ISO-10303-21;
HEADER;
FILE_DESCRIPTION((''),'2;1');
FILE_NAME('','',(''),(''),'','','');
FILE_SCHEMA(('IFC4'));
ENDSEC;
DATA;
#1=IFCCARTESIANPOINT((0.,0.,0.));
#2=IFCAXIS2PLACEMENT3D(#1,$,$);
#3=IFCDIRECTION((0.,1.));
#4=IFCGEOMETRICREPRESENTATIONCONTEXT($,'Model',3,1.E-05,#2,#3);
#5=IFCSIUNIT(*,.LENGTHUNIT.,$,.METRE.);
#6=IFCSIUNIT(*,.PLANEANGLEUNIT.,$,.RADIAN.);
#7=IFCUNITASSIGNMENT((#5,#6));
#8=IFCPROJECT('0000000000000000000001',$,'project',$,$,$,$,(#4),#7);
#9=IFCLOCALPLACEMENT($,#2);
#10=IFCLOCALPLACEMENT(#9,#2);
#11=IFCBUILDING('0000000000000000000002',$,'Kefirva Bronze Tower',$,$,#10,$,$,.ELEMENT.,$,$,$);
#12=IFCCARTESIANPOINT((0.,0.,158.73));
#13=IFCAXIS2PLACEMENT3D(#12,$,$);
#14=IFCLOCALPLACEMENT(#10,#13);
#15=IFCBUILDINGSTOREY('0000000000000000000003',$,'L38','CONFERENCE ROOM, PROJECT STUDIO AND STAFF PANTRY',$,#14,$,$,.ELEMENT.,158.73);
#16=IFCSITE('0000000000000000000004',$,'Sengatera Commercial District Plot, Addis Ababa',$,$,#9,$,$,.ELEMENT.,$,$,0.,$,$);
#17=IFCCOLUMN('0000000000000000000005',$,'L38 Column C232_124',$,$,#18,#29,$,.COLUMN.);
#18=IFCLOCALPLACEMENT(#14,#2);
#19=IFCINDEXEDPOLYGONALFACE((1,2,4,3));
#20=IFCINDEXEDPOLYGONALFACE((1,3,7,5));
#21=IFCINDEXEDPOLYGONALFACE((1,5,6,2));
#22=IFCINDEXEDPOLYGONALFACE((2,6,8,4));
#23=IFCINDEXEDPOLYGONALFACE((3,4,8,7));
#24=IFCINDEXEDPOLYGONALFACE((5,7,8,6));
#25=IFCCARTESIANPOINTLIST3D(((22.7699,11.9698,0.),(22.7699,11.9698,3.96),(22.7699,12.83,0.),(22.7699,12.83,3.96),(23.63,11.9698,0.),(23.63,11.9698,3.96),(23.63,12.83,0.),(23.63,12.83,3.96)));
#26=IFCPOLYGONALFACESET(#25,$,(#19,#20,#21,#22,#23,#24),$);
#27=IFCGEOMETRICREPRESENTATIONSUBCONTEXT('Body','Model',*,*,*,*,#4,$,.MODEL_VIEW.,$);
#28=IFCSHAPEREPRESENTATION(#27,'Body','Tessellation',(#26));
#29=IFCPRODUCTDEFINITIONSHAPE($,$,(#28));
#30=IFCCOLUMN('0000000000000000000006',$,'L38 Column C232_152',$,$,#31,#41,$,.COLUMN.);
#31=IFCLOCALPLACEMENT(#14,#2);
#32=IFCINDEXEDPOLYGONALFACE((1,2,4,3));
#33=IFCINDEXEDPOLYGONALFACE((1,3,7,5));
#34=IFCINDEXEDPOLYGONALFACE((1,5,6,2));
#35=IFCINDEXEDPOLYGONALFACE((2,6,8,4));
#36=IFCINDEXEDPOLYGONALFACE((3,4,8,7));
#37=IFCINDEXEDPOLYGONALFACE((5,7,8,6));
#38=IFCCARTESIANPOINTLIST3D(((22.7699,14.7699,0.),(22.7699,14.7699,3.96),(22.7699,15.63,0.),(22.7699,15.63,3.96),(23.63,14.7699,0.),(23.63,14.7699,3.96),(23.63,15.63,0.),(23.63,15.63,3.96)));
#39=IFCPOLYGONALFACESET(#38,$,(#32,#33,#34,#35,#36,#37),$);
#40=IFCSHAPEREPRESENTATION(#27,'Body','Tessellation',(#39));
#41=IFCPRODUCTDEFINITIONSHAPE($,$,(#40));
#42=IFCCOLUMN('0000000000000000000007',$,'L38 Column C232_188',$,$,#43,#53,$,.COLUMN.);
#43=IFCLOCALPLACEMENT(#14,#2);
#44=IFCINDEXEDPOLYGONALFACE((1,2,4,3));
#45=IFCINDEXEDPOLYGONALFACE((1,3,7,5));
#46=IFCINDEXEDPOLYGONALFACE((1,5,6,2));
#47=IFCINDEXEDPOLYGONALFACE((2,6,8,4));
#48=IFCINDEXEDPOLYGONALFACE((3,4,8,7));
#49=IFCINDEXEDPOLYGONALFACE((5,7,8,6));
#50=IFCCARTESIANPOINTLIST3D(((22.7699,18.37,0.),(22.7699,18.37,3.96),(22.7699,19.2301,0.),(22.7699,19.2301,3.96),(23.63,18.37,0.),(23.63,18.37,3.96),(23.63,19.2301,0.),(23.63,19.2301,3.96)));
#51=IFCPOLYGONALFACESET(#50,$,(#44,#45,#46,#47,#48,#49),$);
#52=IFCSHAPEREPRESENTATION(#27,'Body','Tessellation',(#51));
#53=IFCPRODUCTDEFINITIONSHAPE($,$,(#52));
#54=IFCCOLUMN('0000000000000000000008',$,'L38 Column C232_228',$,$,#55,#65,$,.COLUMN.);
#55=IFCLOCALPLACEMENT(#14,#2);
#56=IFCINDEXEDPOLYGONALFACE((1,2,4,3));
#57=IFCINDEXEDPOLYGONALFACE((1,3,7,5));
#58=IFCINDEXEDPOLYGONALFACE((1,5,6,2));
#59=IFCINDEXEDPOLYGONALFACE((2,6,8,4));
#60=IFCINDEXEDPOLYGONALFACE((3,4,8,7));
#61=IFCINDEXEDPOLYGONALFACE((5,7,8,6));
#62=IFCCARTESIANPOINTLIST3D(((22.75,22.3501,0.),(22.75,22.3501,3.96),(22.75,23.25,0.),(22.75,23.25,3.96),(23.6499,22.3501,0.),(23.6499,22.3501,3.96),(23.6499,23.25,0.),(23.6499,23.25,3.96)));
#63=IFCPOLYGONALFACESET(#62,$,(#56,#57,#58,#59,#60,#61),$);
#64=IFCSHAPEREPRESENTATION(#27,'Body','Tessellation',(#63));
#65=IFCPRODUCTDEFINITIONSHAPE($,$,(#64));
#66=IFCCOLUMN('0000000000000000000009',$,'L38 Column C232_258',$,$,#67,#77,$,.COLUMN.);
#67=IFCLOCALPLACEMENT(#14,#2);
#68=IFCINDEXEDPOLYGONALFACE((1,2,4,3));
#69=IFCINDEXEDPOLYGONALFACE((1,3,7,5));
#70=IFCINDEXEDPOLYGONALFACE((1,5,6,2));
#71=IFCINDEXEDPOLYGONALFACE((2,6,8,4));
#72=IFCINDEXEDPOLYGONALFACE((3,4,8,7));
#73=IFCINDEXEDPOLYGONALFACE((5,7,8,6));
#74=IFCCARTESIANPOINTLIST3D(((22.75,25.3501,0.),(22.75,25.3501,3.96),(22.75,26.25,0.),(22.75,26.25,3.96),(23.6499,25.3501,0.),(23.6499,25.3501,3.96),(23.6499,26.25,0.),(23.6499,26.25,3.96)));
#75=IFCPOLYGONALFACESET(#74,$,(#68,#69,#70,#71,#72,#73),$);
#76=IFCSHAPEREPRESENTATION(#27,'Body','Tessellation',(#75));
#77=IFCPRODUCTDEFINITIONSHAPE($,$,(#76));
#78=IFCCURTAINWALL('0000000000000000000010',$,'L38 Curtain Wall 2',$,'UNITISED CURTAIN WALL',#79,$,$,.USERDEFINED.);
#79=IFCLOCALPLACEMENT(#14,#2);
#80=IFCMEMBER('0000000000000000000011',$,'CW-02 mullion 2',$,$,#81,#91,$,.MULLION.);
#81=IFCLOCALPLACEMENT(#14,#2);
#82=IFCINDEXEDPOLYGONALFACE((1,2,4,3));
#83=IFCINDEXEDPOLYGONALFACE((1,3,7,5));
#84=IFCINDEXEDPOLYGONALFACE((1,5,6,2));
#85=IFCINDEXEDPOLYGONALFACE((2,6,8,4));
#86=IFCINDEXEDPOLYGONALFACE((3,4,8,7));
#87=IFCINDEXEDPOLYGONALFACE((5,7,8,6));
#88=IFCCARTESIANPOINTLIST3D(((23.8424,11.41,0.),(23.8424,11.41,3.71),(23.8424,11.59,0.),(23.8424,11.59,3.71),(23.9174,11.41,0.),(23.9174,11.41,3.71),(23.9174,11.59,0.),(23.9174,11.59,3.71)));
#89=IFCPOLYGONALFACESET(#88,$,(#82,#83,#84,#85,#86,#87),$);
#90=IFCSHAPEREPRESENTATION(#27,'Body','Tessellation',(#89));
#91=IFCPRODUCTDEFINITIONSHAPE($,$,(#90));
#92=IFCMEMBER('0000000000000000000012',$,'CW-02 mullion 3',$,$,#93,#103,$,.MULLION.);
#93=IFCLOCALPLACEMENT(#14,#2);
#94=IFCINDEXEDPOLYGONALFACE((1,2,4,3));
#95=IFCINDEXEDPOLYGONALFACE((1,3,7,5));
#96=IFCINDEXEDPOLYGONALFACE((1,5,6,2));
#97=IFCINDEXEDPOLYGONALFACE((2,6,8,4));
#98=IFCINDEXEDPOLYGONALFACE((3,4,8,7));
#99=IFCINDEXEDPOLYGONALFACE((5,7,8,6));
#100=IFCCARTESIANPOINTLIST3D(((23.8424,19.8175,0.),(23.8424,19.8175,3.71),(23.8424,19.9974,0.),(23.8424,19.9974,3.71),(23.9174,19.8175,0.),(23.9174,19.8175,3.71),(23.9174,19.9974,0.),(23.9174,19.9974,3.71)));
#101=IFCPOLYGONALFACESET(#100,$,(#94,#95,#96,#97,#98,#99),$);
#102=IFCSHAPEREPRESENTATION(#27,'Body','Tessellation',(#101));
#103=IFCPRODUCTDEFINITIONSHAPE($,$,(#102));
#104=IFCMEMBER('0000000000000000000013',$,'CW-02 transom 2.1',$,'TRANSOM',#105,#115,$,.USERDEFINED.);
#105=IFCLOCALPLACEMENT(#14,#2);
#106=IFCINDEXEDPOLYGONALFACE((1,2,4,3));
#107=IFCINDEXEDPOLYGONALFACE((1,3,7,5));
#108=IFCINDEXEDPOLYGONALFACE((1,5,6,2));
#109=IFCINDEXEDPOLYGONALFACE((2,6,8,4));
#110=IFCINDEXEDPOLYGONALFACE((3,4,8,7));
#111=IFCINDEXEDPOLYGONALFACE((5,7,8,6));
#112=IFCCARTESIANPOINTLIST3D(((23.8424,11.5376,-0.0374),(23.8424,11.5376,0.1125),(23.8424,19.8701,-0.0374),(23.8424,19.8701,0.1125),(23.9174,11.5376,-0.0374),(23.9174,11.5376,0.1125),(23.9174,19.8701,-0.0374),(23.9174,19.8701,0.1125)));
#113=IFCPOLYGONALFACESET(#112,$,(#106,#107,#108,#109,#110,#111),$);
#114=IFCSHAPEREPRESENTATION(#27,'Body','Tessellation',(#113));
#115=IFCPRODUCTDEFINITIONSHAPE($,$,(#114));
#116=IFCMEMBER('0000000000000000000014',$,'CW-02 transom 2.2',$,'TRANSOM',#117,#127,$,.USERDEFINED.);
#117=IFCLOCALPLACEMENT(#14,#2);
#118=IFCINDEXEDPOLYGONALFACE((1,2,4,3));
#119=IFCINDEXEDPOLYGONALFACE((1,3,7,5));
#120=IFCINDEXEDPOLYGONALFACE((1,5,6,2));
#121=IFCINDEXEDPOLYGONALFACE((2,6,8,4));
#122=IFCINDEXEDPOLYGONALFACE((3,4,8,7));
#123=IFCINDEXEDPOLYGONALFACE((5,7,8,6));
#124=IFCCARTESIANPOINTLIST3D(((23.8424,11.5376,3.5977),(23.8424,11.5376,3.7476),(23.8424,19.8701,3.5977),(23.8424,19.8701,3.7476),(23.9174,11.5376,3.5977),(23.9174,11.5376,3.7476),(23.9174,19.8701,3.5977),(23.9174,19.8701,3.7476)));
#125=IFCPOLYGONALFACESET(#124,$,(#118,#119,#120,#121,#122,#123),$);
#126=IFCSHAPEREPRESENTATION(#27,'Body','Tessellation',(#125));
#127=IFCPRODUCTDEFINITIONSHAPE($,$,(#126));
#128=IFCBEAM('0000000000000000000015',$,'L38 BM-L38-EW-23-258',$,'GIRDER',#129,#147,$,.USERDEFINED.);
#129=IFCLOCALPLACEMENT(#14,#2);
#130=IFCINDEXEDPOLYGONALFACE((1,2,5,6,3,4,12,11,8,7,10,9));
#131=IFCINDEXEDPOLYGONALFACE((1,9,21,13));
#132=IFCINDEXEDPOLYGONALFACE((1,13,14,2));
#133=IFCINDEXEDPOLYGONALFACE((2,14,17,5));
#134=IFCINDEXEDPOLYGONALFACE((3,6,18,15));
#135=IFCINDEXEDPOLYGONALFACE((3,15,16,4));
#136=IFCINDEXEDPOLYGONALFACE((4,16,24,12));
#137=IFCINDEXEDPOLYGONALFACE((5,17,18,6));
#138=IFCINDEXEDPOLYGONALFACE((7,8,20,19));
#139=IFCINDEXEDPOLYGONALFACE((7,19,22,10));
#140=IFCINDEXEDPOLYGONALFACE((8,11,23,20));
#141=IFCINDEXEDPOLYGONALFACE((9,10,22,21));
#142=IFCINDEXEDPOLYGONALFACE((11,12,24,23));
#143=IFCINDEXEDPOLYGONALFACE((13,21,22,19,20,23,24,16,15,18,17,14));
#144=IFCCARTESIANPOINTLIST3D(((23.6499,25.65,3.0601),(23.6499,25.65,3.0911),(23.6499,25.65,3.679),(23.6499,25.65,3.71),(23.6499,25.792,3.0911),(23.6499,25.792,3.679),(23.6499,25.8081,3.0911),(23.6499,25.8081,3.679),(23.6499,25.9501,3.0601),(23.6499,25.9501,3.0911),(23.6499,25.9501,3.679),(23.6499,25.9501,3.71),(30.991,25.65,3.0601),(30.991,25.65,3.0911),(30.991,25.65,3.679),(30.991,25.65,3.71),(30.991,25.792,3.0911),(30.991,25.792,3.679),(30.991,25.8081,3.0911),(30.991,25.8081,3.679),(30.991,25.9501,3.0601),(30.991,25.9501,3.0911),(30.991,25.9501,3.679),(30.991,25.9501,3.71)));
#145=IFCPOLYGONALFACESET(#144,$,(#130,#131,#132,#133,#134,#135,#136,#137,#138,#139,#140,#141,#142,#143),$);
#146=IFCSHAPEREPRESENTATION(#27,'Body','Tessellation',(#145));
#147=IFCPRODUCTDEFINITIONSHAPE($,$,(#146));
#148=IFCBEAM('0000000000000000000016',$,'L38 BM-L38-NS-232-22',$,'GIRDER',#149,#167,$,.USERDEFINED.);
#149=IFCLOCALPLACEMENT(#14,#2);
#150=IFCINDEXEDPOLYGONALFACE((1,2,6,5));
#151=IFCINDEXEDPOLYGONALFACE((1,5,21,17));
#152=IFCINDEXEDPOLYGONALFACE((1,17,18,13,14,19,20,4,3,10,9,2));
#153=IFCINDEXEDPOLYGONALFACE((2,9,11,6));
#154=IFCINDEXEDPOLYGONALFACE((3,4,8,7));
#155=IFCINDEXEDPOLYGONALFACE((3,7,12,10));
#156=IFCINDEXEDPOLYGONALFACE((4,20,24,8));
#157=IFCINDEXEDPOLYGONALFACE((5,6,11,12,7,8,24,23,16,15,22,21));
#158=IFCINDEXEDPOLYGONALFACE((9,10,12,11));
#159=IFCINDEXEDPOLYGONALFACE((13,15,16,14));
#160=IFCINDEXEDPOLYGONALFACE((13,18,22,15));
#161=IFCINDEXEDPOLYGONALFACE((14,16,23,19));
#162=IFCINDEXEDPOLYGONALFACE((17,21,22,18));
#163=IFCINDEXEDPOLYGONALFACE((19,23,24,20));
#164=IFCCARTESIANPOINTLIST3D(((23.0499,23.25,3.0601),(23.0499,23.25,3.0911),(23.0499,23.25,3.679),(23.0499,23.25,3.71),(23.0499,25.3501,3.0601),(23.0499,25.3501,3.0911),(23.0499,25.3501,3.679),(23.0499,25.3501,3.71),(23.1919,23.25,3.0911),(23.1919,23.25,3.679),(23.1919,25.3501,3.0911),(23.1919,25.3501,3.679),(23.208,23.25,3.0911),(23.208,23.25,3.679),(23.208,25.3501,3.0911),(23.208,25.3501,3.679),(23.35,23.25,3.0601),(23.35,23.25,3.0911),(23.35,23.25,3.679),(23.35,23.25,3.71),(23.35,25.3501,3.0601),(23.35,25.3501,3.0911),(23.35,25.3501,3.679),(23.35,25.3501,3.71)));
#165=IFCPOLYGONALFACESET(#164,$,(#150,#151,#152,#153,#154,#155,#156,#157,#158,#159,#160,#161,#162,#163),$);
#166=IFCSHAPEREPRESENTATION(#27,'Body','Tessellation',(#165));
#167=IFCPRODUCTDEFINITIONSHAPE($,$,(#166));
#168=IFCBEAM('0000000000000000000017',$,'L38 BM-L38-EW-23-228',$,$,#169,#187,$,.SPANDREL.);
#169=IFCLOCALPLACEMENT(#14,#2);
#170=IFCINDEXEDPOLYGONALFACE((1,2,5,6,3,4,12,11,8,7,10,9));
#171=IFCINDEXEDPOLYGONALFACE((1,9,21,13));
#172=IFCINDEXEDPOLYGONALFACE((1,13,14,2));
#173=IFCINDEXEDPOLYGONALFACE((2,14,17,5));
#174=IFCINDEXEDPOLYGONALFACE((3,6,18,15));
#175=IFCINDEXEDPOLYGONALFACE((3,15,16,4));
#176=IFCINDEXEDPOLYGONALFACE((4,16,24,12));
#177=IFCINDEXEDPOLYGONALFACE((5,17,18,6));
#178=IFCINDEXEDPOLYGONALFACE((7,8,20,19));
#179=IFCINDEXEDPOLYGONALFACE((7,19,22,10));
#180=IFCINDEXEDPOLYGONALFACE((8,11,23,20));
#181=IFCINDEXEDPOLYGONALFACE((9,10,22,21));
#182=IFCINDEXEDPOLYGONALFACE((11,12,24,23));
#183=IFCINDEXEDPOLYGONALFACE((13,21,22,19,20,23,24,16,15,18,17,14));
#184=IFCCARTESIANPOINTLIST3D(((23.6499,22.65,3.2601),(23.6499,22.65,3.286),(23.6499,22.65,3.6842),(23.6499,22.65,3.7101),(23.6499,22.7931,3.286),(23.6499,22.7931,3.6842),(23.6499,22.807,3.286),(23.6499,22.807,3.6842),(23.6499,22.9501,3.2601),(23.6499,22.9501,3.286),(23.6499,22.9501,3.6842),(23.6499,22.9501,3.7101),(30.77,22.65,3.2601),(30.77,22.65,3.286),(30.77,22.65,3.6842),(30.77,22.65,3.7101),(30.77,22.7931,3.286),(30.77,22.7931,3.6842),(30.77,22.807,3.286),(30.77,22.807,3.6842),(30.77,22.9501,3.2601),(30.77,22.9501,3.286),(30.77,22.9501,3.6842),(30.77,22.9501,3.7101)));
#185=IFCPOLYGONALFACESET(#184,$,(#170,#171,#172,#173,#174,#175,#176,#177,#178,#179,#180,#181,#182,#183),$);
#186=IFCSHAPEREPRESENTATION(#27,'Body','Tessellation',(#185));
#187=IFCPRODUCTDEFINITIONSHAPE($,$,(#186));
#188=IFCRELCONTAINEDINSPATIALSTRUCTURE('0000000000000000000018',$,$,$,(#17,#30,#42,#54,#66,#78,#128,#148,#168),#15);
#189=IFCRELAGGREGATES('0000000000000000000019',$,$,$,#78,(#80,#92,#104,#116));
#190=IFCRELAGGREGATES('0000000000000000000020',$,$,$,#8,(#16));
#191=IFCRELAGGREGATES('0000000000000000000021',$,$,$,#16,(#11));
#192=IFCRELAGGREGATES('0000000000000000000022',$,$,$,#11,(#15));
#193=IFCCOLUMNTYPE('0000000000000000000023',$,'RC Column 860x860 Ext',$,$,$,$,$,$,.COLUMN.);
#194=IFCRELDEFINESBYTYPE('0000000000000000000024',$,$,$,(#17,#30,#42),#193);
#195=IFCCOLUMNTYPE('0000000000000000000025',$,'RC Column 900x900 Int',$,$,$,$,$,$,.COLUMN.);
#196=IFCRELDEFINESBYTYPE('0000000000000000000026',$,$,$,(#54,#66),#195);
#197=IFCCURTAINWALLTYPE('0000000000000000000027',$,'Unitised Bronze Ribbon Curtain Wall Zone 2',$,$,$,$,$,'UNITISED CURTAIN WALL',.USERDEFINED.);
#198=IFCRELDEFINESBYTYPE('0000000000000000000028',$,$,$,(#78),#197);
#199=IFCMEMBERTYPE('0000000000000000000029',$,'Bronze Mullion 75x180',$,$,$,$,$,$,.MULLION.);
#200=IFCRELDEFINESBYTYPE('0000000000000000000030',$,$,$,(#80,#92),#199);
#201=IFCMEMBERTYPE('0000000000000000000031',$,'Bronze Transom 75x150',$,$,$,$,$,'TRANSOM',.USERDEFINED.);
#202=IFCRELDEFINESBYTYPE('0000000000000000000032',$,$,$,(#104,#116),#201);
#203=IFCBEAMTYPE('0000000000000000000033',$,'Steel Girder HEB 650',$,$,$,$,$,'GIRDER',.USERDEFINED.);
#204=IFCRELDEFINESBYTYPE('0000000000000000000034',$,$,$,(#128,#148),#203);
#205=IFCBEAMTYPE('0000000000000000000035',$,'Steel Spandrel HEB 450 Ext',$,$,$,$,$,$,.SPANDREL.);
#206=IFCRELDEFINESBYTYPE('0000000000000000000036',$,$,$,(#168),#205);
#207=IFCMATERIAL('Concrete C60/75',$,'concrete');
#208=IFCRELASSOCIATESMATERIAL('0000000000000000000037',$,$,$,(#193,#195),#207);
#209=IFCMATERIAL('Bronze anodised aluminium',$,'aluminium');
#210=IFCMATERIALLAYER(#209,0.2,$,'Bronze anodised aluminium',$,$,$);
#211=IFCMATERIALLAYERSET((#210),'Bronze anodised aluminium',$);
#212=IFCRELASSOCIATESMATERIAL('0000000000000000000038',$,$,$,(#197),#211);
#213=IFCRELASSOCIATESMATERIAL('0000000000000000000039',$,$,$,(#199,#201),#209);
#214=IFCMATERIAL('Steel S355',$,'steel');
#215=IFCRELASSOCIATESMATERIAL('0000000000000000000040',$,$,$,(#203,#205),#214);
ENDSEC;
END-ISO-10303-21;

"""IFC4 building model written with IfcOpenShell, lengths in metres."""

from ifc_helpers import new_model, si_unit, direction, frame, origin, origin_2d, place, context, subcontext, project, spatial, rectangle, i_section, extrude, material, layer, layer_set, material_profile, profile_set, type_object, element, aggregate, save


model = new_model("IFC4")

# Units and contexts
model_context = context("Model", 3, precision=1e-05, world=origin(), true_north=direction((0.0, 1.0)))
body_context = subcontext(model_context, "Body", "Model", "MODEL_VIEW")
ifc_project = project(units=[si_unit("LENGTHUNIT", "METRE"), si_unit("PLANEANGLEUNIT", "RADIAN")], contexts=[model_context])

# Site, building, storey
site_placement = place(None, origin())
site = spatial("IfcSite", under=ifc_project, at=site_placement, Name="Sengatera Commercial District Plot, Addis Ababa", CompositionType="ELEMENT", RefElevation=0.0)
building_placement = place(site_placement, origin())
building = spatial("IfcBuilding", under=site, at=building_placement, Name="Kefirva Bronze Tower", CompositionType="ELEMENT")
storey_placement = place(building_placement, frame((0.0, 0.0, 158.73)))
storey = spatial("IfcBuildingStorey", under=building, at=storey_placement, Name="L38", Description="CONFERENCE ROOM, PROJECT STUDIO AND STAFF PANTRY", CompositionType="ELEMENT", Elevation=158.73)

# Columns
ifc_material_1 = material(Name="Concrete C60/75", Category="concrete")
ifc_material_profile_1 = material_profile(ifc_material_1, rectangle(XDim=0.8601, YDim=0.8601, at=origin_2d()), Name="RC 860x860")
ifc_profile_set_1 = profile_set([ifc_material_profile_1], Name="Concrete C60/75")
column_type_1 = type_object("IfcColumnType", Name="RC Column 860x860 Ext", PredefinedType="COLUMN", material=ifc_profile_set_1)
for number, where, z_axis, x_axis, name in (
    (1, (23.2, 12.3999, 0.0), (0.0, 0.0, 1.0), (1.0, 0.0, 0.0), "L38 Column C232_124"),
    (2, (23.2, 15.2, 0.0), (0.0, 0.0, 1.0), (1.0, 0.0, 0.0), "L38 Column C232_152"),
    (3, (23.2, 18.8, 0.0), (0.0, 0.0, 1.0), (1.0, 0.0, 0.0), "L38 Column C232_188"),
):
    element("IfcColumn", number, at=place(storey_placement, frame(where, z_axis=z_axis, x_axis=x_axis)), inside=storey, type_object=column_type_1, Name=name, PredefinedType="COLUMN", context=body_context, shape_type="SweptSolid", body=[
        extrude(rectangle(XDim=0.8601, YDim=0.8601, at=origin_2d()), origin(), (0.0, 0.0, 1.0), 3.96),
    ])
ifc_material_profile_2 = material_profile(ifc_material_1, rectangle(XDim=0.8999, YDim=0.8999, at=origin_2d()), Name="RC 900x900")
ifc_profile_set_2 = profile_set([ifc_material_profile_2], Name="Concrete C60/75")
column_type_2 = type_object("IfcColumnType", Name="RC Column 900x900 Int", PredefinedType="COLUMN", material=ifc_profile_set_2)
for number, where, z_axis, x_axis, name in (
    (4, (23.2, 22.8, 0.0), (0.0, 0.0, 1.0), (1.0, 0.0, 0.0), "L38 Column C232_228"),
    (5, (23.2, 25.8, 0.0), (0.0, 0.0, 1.0), (1.0, 0.0, 0.0), "L38 Column C232_258"),
):
    element("IfcColumn", number, at=place(storey_placement, frame(where, z_axis=z_axis, x_axis=x_axis)), inside=storey, type_object=column_type_2, Name=name, PredefinedType="COLUMN", context=body_context, shape_type="SweptSolid", body=[
        extrude(rectangle(XDim=0.8999, YDim=0.8999, at=origin_2d()), origin(), (0.0, 0.0, 1.0), 3.96),
    ])

# Curtain wall, members
ifc_material_2 = material(Name="Bronze anodised aluminium", Category="aluminium")
ifc_layer_1 = layer(ifc_material_2, 0.2, Name="Bronze anodised aluminium")
ifc_layer_set_1 = layer_set([ifc_layer_1], Name="Bronze anodised aluminium")
curtain_wall_type = type_object("IfcCurtainWallType", Name="Unitised Bronze Ribbon Curtain Wall Zone 2", ElementType="UNITISED CURTAIN WALL", PredefinedType="USERDEFINED", material=ifc_layer_set_1)
curtain_wall_placement = place(storey_placement, origin())
curtain_wall = element("IfcCurtainWall", 6, at=curtain_wall_placement, inside=storey, type_object=curtain_wall_type, Name="L38 Curtain Wall 2", ObjectType="UNITISED CURTAIN WALL", PredefinedType="USERDEFINED")
ifc_material_profile_3 = material_profile(ifc_material_2, rectangle(XDim=0.075, YDim=0.1799, at=origin_2d()), Name="ALU 75x180")
ifc_profile_set_3 = profile_set([ifc_material_profile_3], Name="Bronze anodised aluminium")
member_type_1 = type_object("IfcMemberType", Name="Bronze Mullion 75x180", PredefinedType="MULLION", material=ifc_profile_set_3)
member_1_placement = place(storey_placement, frame((23.8799, 11.5, 0.0), z_axis=(0.0, 0.0, 1.0), x_axis=(-1.0, 0.0, 0.0)))
member_1 = element("IfcMember", 7, at=member_1_placement, type_object=member_type_1, Name="CW-02 mullion 2", PredefinedType="MULLION", context=body_context, shape_type="SweptSolid", body=[
    extrude(rectangle(XDim=0.075, YDim=0.1799, at=origin_2d()), origin(), (0.0, 0.0, 1.0), 3.71),
])
member_2_placement = place(storey_placement, frame((23.8799, 19.9075, 0.0), z_axis=(0.0, 0.0, 1.0), x_axis=(-1.0, 0.0, 0.0)))
member_2 = element("IfcMember", 8, at=member_2_placement, type_object=member_type_1, Name="CW-02 mullion 3", PredefinedType="MULLION", context=body_context, shape_type="SweptSolid", body=[
    extrude(rectangle(XDim=0.075, YDim=0.1799, at=origin_2d()), origin(), (0.0, 0.0, 1.0), 3.71),
])
ifc_material_profile_4 = material_profile(ifc_material_2, rectangle(XDim=0.075, YDim=0.1499, at=origin_2d()), Name="ALU 75x150")
ifc_profile_set_4 = profile_set([ifc_material_profile_4], Name="Bronze anodised aluminium")
member_type_2 = type_object("IfcMemberType", Name="Bronze Transom 75x150", ElementType="TRANSOM", PredefinedType="USERDEFINED", material=ifc_profile_set_4)
member_3_placement = place(storey_placement, frame((23.8799, 11.5376, 0.0376), z_axis=(0.0, 1.0, 0.0), x_axis=(-1.0, 0.0, 0.0)))
member_3 = element("IfcMember", 9, at=member_3_placement, type_object=member_type_2, Name="CW-02 transom 2.1", ObjectType="TRANSOM", PredefinedType="USERDEFINED", context=body_context, shape_type="SweptSolid", body=[
    extrude(rectangle(XDim=0.075, YDim=0.1499, at=origin_2d()), origin(), (0.0, 0.0, 1.0), 8.3325),
])
member_4_placement = place(storey_placement, frame((23.8799, 11.5376, 3.6726), z_axis=(0.0, 1.0, 0.0), x_axis=(-1.0, 0.0, 0.0)))
member_4 = element("IfcMember", 10, at=member_4_placement, type_object=member_type_2, Name="CW-02 transom 2.2", ObjectType="TRANSOM", PredefinedType="USERDEFINED", context=body_context, shape_type="SweptSolid", body=[
    extrude(rectangle(XDim=0.075, YDim=0.1499, at=origin_2d()), origin(), (0.0, 0.0, 1.0), 8.3325),
])

# Beams
ifc_material_3 = material(Name="Steel S355", Category="steel")
ifc_material_profile_5 = material_profile(ifc_material_3, i_section(OverallWidth=0.3, OverallDepth=0.6499, WebThickness=0.0161, FlangeThickness=0.031, at=origin_2d()), Name="HEB 650")
ifc_profile_set_5 = profile_set([ifc_material_profile_5], Name="Steel S355")
beam_type_1 = type_object("IfcBeamType", Name="Steel Girder HEB 650", ElementType="GIRDER", PredefinedType="USERDEFINED", material=ifc_profile_set_5)
beam_1_placement = place(storey_placement, frame((23.6499, 25.8, 3.385), z_axis=(1.0, 0.0, 0.0), x_axis=(0.0, 1.0, 0.0)))
element("IfcBeam", 11, at=beam_1_placement, inside=storey, type_object=beam_type_1, Name="L38 BM-L38-EW-23-258", ObjectType="GIRDER", PredefinedType="USERDEFINED", context=body_context, shape_type="SweptSolid", body=[
    extrude(i_section(OverallWidth=0.3, OverallDepth=0.6499, WebThickness=0.0161, FlangeThickness=0.031, at=origin_2d()), origin(), (0.0, 0.0, 1.0), 7.3411),
])
beam_2_placement = place(storey_placement, frame((23.2, 23.25, 3.385), z_axis=(0.0, 1.0, 0.0), x_axis=(-1.0, 0.0, 0.0)))
element("IfcBeam", 12, at=beam_2_placement, inside=storey, type_object=beam_type_1, Name="L38 BM-L38-NS-232-22", ObjectType="GIRDER", PredefinedType="USERDEFINED", context=body_context, shape_type="SweptSolid", body=[
    extrude(i_section(OverallWidth=0.3, OverallDepth=0.6499, WebThickness=0.0161, FlangeThickness=0.031, at=origin_2d()), origin(), (0.0, 0.0, 1.0), 2.1001),
])
ifc_material_profile_6 = material_profile(ifc_material_3, i_section(OverallWidth=0.3, OverallDepth=0.45, WebThickness=0.0139, FlangeThickness=0.0259, at=origin_2d()), Name="HEB 450")
ifc_profile_set_6 = profile_set([ifc_material_profile_6], Name="Steel S355")
beam_type_2 = type_object("IfcBeamType", Name="Steel Spandrel HEB 450 Ext", PredefinedType="SPANDREL", material=ifc_profile_set_6)
beam_3_placement = place(storey_placement, frame((23.6499, 22.8, 3.4851), z_axis=(1.0, 0.0, 0.0), x_axis=(0.0, 1.0, 0.0)))
element("IfcBeam", 13, at=beam_3_placement, inside=storey, type_object=beam_type_2, Name="L38 BM-L38-EW-23-228", PredefinedType="SPANDREL", context=body_context, shape_type="SweptSolid", body=[
    extrude(i_section(OverallWidth=0.3, OverallDepth=0.45, WebThickness=0.0139, FlangeThickness=0.0259, at=origin_2d()), origin(), (0.0, 0.0, 1.0), 7.1201),
])

aggregate(curtain_wall, [member_1, member_2, member_3, member_4])

save(model, "model.ifc")
